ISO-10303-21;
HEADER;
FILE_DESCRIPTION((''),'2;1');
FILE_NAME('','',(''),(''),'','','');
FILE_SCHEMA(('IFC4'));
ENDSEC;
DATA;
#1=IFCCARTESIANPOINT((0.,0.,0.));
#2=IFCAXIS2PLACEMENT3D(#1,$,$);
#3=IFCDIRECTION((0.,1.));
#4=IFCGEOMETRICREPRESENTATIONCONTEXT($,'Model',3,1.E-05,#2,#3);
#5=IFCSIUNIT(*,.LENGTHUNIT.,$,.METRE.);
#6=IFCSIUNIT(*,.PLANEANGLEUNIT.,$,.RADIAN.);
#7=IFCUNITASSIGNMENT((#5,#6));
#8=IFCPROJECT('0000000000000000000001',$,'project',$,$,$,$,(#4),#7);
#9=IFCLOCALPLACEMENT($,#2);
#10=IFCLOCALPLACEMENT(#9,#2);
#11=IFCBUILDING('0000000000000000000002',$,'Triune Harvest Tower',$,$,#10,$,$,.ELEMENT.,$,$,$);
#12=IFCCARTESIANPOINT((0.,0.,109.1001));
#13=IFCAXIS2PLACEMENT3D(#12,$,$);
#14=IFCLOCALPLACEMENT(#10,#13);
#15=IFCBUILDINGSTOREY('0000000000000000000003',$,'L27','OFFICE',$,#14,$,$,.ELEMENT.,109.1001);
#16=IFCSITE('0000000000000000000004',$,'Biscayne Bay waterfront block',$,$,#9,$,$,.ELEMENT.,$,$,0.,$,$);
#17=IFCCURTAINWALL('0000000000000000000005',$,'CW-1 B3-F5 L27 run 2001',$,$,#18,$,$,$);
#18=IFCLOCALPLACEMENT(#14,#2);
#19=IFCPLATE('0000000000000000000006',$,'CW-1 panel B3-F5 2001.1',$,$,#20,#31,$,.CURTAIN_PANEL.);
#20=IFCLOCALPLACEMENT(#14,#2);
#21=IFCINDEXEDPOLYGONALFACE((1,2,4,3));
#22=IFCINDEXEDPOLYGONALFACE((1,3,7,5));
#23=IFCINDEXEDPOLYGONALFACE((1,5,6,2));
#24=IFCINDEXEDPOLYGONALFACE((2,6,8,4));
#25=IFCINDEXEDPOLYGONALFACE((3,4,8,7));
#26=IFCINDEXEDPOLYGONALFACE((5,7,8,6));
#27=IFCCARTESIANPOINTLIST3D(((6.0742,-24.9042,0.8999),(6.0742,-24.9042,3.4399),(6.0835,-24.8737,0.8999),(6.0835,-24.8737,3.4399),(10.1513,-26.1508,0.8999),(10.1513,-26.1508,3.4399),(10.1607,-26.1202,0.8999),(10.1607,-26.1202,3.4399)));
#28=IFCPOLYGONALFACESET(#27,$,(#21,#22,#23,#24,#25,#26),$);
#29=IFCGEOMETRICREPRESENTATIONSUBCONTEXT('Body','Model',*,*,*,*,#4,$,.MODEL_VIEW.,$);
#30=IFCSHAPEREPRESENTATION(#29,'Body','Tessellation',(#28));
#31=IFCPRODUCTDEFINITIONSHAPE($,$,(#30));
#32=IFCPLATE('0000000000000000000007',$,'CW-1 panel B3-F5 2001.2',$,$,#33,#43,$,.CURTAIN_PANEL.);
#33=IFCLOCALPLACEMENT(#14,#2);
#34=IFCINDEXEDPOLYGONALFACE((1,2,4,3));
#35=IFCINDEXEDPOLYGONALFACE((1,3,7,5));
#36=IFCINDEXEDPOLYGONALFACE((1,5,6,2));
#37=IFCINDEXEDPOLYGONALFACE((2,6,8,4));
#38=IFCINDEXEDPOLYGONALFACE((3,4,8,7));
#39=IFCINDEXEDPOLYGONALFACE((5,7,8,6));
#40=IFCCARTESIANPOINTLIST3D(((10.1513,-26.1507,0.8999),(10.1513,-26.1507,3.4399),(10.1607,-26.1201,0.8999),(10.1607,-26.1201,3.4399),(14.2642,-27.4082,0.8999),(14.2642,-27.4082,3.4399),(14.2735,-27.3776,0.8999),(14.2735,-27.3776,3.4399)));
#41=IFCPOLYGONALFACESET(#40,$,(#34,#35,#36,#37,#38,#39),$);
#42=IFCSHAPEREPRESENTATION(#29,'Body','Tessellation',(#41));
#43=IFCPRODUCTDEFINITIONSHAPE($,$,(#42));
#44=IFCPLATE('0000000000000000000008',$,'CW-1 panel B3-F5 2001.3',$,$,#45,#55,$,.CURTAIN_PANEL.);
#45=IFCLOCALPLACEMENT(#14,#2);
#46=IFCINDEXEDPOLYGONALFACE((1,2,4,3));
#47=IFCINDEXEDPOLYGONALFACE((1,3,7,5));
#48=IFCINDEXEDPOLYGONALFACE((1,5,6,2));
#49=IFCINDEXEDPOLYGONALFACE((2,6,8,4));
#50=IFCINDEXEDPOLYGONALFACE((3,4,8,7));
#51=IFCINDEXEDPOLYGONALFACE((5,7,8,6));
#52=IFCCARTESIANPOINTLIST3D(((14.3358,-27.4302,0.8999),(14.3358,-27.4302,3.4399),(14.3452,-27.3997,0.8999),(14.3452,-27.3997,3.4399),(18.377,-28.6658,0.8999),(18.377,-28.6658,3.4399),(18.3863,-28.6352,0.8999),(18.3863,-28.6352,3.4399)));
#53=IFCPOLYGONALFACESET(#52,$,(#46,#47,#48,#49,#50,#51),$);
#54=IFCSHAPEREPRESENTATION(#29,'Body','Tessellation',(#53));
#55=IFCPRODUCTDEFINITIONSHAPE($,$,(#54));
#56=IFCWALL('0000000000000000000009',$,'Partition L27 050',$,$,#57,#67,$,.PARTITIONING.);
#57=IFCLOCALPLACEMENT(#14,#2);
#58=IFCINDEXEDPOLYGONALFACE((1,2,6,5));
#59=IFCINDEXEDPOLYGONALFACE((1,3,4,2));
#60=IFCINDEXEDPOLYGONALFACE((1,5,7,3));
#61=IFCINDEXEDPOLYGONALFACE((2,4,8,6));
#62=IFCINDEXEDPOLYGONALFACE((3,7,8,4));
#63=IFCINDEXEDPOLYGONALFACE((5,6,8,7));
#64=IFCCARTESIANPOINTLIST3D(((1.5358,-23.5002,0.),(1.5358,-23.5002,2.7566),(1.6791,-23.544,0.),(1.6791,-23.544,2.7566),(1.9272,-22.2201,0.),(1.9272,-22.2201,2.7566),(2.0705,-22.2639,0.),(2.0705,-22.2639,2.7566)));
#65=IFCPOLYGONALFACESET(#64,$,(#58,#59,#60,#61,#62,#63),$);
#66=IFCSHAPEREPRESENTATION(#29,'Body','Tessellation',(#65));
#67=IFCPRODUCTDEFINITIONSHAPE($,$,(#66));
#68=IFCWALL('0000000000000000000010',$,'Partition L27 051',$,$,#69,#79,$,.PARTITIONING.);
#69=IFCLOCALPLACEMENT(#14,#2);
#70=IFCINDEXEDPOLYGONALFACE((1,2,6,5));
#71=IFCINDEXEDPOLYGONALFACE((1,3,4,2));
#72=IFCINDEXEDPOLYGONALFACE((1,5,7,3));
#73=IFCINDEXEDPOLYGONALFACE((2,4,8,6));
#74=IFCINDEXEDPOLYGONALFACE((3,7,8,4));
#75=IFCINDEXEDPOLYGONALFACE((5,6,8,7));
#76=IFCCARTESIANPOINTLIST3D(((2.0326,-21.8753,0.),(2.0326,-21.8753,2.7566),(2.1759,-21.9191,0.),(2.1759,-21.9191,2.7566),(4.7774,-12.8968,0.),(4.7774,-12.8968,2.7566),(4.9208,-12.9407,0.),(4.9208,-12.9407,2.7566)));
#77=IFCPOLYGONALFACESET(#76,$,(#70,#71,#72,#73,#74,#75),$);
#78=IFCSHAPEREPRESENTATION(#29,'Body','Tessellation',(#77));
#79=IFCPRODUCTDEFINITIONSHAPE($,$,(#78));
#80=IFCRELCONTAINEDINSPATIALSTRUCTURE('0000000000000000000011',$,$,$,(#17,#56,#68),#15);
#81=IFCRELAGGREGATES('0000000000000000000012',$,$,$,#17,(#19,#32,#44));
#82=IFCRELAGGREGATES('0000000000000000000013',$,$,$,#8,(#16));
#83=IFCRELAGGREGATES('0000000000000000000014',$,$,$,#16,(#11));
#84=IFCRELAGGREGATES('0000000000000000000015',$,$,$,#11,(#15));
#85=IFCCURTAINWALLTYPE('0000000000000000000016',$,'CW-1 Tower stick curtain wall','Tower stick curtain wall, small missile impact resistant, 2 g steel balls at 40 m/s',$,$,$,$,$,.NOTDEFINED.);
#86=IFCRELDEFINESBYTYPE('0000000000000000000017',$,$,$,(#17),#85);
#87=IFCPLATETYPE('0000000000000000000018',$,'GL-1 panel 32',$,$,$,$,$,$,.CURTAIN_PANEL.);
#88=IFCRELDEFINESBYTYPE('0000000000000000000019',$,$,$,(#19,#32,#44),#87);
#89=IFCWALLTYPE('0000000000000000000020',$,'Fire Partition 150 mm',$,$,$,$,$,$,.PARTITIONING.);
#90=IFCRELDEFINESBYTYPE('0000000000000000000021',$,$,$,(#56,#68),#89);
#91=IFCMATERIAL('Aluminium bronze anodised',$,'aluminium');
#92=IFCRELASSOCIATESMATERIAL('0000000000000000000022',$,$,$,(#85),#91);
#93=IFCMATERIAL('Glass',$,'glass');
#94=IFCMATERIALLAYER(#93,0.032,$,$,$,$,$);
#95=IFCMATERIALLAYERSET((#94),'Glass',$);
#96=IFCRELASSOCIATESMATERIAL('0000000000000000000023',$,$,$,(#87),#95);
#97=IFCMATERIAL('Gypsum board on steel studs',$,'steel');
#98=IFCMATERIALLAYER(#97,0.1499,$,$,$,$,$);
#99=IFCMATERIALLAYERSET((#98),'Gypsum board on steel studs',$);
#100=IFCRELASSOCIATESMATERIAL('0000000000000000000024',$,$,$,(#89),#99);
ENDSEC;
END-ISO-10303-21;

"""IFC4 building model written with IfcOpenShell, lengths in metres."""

from ifc_helpers import new_model, si_unit, direction, frame, frame_2d, origin, origin_2d, place, context, subcontext, project, spatial, rectangle, extrude, source, transform, mapped, material, layer, layer_set, type_object, element, aggregate, save


model = new_model("IFC4")

# Units and contexts
model_context = context("Model", 3, precision=1e-05, world=origin(), true_north=direction((0.0, 1.0)))
body_context = subcontext(model_context, "Body", "Model", "MODEL_VIEW")
ifc_project = project(units=[si_unit("LENGTHUNIT", "METRE"), si_unit("PLANEANGLEUNIT", "RADIAN")], contexts=[model_context])

# Site, building, storey
site_placement = place(None, origin())
site = spatial("IfcSite", under=ifc_project, at=site_placement, Name="Biscayne Bay waterfront block", CompositionType="ELEMENT", RefElevation=0.0)
building_placement = place(site_placement, origin())
building = spatial("IfcBuilding", under=site, at=building_placement, Name="Triune Harvest Tower", CompositionType="ELEMENT")
storey_placement = place(building_placement, frame((0.0, 0.0, 109.1001)))
storey = spatial("IfcBuildingStorey", under=building, at=storey_placement, Name="L27", Description="OFFICE", CompositionType="ELEMENT", Elevation=109.1001)

# Curtain wall
ifc_material_1 = material(Name="Aluminium bronze anodised", Category="aluminium")
curtain_wall_type_1 = type_object("IfcCurtainWallType", Name="CW-1 Tower stick curtain wall", Description="Tower stick curtain wall, small missile impact resistant, 2 g steel balls at 40 m/s", PredefinedType="NOTDEFINED", material=ifc_material_1)
curtain_wall_1_placement = place(storey_placement, origin())
curtain_wall_1 = element("IfcCurtainWall", 1, at=curtain_wall_1_placement, inside=storey, type_object=curtain_wall_type_1, Name="CW-1 B3-F5 L27 run 2001")

# Plates
ifc_material_2 = material(Name="Glass", Category="glass")
ifc_layer_1 = layer(ifc_material_2, 0.032)
ifc_layer_set_1 = layer_set([ifc_layer_1], Name="Glass")
plate_type_1 = type_object("IfcPlateType", Name="GL-1 panel 32", PredefinedType="CURTAIN_PANEL", material=ifc_layer_set_1)
shared_shape_1 = source(origin(), body_context, "Body", "SweptSolid", [
    extrude(rectangle(XDim=4.2634, YDim=0.032, at=origin_2d()), origin(), (0.0, 0.0, 1.0), 2.54),
])
plate_1_placement = place(storey_placement, frame((8.1174, -25.5122, 0.8999), z_axis=(0.0, 0.0, 1.0), x_axis=(0.956304, -0.292374, 0.0)))
plate_1 = element("IfcPlate", 2, at=plate_1_placement, type_object=plate_type_1, Name="CW-1 panel B3-F5 2001.1", PredefinedType="CURTAIN_PANEL", context=body_context, shape_type="MappedRepresentation", body=[
    mapped(shared_shape_1, transform((0.0, 0.0, 0.0), scale=1.0)),
])
shared_shape_2 = source(origin(), body_context, "Body", "SweptSolid", [
    extrude(rectangle(XDim=4.3008, YDim=0.032, at=origin_2d()), origin(), (0.0, 0.0, 1.0), 2.54),
])
plate_2_placement = place(storey_placement, frame((12.2124, -26.7642, 0.8999), z_axis=(0.0, 0.0, 1.0), x_axis=(0.956304, -0.292374, 0.0)))
plate_2 = element("IfcPlate", 3, at=plate_2_placement, type_object=plate_type_1, Name="CW-1 panel B3-F5 2001.2", PredefinedType="CURTAIN_PANEL", context=body_context, shape_type="MappedRepresentation", body=[
    mapped(shared_shape_2, transform((0.0, 0.0, 0.0), scale=1.0)),
])
shared_shape_3 = source(origin(), body_context, "Body", "SweptSolid", [
    extrude(rectangle(XDim=4.2258, YDim=0.032, at=origin_2d()), origin(), (0.0, 0.0, 1.0), 2.54),
])
plate_3_placement = place(storey_placement, frame((16.3611, -28.0327, 0.8999), z_axis=(0.0, 0.0, 1.0), x_axis=(0.956304, -0.292374, 0.0)))
plate_3 = element("IfcPlate", 4, at=plate_3_placement, type_object=plate_type_1, Name="CW-1 panel B3-F5 2001.3", PredefinedType="CURTAIN_PANEL", context=body_context, shape_type="MappedRepresentation", body=[
    mapped(shared_shape_3, transform((0.0, 0.0, 0.0), scale=1.0)),
])
aggregate(curtain_wall_1, [plate_1, plate_2, plate_3])

# Walls
ifc_material_3 = material(Name="Gypsum board on steel studs", Category="steel")
ifc_layer_2 = layer(ifc_material_3, 0.1499)
ifc_layer_set_2 = layer_set([ifc_layer_2], Name="Gypsum board on steel studs")
wall_type = type_object("IfcWallType", Name="Fire Partition 150 mm", PredefinedType="PARTITIONING", material=ifc_layer_set_2)
wall_1_placement = place(storey_placement, frame((1.6074, -23.5222, 0.0), z_axis=(0.0, 0.0, 1.0), x_axis=(0.292381, 0.956302, 0.0)))
element("IfcWall", 5, at=wall_1_placement, inside=storey, type_object=wall_type, Name="Partition L27 050", PredefinedType="PARTITIONING", context=body_context, shape_type="SweptSolid", body=[
    extrude(rectangle(XDim=1.3386, YDim=0.1499, at=frame_2d((0.6694, 0.0))), origin(), (0.0, 0.0, 1.0), 2.7566),
])
wall_2_placement = place(storey_placement, frame((2.1042, -21.8972, 0.0), z_axis=(0.0, 0.0, 1.0), x_axis=(0.292359, 0.956309, 0.0)))
element("IfcWall", 6, at=wall_2_placement, inside=storey, type_object=wall_type, Name="Partition L27 051", PredefinedType="PARTITIONING", context=body_context, shape_type="SweptSolid", body=[
    extrude(rectangle(XDim=9.3887, YDim=0.1499, at=frame_2d((4.6943, 0.0))), origin(), (0.0, 0.0, 1.0), 2.7566),
])

save(model, "model.ifc")
